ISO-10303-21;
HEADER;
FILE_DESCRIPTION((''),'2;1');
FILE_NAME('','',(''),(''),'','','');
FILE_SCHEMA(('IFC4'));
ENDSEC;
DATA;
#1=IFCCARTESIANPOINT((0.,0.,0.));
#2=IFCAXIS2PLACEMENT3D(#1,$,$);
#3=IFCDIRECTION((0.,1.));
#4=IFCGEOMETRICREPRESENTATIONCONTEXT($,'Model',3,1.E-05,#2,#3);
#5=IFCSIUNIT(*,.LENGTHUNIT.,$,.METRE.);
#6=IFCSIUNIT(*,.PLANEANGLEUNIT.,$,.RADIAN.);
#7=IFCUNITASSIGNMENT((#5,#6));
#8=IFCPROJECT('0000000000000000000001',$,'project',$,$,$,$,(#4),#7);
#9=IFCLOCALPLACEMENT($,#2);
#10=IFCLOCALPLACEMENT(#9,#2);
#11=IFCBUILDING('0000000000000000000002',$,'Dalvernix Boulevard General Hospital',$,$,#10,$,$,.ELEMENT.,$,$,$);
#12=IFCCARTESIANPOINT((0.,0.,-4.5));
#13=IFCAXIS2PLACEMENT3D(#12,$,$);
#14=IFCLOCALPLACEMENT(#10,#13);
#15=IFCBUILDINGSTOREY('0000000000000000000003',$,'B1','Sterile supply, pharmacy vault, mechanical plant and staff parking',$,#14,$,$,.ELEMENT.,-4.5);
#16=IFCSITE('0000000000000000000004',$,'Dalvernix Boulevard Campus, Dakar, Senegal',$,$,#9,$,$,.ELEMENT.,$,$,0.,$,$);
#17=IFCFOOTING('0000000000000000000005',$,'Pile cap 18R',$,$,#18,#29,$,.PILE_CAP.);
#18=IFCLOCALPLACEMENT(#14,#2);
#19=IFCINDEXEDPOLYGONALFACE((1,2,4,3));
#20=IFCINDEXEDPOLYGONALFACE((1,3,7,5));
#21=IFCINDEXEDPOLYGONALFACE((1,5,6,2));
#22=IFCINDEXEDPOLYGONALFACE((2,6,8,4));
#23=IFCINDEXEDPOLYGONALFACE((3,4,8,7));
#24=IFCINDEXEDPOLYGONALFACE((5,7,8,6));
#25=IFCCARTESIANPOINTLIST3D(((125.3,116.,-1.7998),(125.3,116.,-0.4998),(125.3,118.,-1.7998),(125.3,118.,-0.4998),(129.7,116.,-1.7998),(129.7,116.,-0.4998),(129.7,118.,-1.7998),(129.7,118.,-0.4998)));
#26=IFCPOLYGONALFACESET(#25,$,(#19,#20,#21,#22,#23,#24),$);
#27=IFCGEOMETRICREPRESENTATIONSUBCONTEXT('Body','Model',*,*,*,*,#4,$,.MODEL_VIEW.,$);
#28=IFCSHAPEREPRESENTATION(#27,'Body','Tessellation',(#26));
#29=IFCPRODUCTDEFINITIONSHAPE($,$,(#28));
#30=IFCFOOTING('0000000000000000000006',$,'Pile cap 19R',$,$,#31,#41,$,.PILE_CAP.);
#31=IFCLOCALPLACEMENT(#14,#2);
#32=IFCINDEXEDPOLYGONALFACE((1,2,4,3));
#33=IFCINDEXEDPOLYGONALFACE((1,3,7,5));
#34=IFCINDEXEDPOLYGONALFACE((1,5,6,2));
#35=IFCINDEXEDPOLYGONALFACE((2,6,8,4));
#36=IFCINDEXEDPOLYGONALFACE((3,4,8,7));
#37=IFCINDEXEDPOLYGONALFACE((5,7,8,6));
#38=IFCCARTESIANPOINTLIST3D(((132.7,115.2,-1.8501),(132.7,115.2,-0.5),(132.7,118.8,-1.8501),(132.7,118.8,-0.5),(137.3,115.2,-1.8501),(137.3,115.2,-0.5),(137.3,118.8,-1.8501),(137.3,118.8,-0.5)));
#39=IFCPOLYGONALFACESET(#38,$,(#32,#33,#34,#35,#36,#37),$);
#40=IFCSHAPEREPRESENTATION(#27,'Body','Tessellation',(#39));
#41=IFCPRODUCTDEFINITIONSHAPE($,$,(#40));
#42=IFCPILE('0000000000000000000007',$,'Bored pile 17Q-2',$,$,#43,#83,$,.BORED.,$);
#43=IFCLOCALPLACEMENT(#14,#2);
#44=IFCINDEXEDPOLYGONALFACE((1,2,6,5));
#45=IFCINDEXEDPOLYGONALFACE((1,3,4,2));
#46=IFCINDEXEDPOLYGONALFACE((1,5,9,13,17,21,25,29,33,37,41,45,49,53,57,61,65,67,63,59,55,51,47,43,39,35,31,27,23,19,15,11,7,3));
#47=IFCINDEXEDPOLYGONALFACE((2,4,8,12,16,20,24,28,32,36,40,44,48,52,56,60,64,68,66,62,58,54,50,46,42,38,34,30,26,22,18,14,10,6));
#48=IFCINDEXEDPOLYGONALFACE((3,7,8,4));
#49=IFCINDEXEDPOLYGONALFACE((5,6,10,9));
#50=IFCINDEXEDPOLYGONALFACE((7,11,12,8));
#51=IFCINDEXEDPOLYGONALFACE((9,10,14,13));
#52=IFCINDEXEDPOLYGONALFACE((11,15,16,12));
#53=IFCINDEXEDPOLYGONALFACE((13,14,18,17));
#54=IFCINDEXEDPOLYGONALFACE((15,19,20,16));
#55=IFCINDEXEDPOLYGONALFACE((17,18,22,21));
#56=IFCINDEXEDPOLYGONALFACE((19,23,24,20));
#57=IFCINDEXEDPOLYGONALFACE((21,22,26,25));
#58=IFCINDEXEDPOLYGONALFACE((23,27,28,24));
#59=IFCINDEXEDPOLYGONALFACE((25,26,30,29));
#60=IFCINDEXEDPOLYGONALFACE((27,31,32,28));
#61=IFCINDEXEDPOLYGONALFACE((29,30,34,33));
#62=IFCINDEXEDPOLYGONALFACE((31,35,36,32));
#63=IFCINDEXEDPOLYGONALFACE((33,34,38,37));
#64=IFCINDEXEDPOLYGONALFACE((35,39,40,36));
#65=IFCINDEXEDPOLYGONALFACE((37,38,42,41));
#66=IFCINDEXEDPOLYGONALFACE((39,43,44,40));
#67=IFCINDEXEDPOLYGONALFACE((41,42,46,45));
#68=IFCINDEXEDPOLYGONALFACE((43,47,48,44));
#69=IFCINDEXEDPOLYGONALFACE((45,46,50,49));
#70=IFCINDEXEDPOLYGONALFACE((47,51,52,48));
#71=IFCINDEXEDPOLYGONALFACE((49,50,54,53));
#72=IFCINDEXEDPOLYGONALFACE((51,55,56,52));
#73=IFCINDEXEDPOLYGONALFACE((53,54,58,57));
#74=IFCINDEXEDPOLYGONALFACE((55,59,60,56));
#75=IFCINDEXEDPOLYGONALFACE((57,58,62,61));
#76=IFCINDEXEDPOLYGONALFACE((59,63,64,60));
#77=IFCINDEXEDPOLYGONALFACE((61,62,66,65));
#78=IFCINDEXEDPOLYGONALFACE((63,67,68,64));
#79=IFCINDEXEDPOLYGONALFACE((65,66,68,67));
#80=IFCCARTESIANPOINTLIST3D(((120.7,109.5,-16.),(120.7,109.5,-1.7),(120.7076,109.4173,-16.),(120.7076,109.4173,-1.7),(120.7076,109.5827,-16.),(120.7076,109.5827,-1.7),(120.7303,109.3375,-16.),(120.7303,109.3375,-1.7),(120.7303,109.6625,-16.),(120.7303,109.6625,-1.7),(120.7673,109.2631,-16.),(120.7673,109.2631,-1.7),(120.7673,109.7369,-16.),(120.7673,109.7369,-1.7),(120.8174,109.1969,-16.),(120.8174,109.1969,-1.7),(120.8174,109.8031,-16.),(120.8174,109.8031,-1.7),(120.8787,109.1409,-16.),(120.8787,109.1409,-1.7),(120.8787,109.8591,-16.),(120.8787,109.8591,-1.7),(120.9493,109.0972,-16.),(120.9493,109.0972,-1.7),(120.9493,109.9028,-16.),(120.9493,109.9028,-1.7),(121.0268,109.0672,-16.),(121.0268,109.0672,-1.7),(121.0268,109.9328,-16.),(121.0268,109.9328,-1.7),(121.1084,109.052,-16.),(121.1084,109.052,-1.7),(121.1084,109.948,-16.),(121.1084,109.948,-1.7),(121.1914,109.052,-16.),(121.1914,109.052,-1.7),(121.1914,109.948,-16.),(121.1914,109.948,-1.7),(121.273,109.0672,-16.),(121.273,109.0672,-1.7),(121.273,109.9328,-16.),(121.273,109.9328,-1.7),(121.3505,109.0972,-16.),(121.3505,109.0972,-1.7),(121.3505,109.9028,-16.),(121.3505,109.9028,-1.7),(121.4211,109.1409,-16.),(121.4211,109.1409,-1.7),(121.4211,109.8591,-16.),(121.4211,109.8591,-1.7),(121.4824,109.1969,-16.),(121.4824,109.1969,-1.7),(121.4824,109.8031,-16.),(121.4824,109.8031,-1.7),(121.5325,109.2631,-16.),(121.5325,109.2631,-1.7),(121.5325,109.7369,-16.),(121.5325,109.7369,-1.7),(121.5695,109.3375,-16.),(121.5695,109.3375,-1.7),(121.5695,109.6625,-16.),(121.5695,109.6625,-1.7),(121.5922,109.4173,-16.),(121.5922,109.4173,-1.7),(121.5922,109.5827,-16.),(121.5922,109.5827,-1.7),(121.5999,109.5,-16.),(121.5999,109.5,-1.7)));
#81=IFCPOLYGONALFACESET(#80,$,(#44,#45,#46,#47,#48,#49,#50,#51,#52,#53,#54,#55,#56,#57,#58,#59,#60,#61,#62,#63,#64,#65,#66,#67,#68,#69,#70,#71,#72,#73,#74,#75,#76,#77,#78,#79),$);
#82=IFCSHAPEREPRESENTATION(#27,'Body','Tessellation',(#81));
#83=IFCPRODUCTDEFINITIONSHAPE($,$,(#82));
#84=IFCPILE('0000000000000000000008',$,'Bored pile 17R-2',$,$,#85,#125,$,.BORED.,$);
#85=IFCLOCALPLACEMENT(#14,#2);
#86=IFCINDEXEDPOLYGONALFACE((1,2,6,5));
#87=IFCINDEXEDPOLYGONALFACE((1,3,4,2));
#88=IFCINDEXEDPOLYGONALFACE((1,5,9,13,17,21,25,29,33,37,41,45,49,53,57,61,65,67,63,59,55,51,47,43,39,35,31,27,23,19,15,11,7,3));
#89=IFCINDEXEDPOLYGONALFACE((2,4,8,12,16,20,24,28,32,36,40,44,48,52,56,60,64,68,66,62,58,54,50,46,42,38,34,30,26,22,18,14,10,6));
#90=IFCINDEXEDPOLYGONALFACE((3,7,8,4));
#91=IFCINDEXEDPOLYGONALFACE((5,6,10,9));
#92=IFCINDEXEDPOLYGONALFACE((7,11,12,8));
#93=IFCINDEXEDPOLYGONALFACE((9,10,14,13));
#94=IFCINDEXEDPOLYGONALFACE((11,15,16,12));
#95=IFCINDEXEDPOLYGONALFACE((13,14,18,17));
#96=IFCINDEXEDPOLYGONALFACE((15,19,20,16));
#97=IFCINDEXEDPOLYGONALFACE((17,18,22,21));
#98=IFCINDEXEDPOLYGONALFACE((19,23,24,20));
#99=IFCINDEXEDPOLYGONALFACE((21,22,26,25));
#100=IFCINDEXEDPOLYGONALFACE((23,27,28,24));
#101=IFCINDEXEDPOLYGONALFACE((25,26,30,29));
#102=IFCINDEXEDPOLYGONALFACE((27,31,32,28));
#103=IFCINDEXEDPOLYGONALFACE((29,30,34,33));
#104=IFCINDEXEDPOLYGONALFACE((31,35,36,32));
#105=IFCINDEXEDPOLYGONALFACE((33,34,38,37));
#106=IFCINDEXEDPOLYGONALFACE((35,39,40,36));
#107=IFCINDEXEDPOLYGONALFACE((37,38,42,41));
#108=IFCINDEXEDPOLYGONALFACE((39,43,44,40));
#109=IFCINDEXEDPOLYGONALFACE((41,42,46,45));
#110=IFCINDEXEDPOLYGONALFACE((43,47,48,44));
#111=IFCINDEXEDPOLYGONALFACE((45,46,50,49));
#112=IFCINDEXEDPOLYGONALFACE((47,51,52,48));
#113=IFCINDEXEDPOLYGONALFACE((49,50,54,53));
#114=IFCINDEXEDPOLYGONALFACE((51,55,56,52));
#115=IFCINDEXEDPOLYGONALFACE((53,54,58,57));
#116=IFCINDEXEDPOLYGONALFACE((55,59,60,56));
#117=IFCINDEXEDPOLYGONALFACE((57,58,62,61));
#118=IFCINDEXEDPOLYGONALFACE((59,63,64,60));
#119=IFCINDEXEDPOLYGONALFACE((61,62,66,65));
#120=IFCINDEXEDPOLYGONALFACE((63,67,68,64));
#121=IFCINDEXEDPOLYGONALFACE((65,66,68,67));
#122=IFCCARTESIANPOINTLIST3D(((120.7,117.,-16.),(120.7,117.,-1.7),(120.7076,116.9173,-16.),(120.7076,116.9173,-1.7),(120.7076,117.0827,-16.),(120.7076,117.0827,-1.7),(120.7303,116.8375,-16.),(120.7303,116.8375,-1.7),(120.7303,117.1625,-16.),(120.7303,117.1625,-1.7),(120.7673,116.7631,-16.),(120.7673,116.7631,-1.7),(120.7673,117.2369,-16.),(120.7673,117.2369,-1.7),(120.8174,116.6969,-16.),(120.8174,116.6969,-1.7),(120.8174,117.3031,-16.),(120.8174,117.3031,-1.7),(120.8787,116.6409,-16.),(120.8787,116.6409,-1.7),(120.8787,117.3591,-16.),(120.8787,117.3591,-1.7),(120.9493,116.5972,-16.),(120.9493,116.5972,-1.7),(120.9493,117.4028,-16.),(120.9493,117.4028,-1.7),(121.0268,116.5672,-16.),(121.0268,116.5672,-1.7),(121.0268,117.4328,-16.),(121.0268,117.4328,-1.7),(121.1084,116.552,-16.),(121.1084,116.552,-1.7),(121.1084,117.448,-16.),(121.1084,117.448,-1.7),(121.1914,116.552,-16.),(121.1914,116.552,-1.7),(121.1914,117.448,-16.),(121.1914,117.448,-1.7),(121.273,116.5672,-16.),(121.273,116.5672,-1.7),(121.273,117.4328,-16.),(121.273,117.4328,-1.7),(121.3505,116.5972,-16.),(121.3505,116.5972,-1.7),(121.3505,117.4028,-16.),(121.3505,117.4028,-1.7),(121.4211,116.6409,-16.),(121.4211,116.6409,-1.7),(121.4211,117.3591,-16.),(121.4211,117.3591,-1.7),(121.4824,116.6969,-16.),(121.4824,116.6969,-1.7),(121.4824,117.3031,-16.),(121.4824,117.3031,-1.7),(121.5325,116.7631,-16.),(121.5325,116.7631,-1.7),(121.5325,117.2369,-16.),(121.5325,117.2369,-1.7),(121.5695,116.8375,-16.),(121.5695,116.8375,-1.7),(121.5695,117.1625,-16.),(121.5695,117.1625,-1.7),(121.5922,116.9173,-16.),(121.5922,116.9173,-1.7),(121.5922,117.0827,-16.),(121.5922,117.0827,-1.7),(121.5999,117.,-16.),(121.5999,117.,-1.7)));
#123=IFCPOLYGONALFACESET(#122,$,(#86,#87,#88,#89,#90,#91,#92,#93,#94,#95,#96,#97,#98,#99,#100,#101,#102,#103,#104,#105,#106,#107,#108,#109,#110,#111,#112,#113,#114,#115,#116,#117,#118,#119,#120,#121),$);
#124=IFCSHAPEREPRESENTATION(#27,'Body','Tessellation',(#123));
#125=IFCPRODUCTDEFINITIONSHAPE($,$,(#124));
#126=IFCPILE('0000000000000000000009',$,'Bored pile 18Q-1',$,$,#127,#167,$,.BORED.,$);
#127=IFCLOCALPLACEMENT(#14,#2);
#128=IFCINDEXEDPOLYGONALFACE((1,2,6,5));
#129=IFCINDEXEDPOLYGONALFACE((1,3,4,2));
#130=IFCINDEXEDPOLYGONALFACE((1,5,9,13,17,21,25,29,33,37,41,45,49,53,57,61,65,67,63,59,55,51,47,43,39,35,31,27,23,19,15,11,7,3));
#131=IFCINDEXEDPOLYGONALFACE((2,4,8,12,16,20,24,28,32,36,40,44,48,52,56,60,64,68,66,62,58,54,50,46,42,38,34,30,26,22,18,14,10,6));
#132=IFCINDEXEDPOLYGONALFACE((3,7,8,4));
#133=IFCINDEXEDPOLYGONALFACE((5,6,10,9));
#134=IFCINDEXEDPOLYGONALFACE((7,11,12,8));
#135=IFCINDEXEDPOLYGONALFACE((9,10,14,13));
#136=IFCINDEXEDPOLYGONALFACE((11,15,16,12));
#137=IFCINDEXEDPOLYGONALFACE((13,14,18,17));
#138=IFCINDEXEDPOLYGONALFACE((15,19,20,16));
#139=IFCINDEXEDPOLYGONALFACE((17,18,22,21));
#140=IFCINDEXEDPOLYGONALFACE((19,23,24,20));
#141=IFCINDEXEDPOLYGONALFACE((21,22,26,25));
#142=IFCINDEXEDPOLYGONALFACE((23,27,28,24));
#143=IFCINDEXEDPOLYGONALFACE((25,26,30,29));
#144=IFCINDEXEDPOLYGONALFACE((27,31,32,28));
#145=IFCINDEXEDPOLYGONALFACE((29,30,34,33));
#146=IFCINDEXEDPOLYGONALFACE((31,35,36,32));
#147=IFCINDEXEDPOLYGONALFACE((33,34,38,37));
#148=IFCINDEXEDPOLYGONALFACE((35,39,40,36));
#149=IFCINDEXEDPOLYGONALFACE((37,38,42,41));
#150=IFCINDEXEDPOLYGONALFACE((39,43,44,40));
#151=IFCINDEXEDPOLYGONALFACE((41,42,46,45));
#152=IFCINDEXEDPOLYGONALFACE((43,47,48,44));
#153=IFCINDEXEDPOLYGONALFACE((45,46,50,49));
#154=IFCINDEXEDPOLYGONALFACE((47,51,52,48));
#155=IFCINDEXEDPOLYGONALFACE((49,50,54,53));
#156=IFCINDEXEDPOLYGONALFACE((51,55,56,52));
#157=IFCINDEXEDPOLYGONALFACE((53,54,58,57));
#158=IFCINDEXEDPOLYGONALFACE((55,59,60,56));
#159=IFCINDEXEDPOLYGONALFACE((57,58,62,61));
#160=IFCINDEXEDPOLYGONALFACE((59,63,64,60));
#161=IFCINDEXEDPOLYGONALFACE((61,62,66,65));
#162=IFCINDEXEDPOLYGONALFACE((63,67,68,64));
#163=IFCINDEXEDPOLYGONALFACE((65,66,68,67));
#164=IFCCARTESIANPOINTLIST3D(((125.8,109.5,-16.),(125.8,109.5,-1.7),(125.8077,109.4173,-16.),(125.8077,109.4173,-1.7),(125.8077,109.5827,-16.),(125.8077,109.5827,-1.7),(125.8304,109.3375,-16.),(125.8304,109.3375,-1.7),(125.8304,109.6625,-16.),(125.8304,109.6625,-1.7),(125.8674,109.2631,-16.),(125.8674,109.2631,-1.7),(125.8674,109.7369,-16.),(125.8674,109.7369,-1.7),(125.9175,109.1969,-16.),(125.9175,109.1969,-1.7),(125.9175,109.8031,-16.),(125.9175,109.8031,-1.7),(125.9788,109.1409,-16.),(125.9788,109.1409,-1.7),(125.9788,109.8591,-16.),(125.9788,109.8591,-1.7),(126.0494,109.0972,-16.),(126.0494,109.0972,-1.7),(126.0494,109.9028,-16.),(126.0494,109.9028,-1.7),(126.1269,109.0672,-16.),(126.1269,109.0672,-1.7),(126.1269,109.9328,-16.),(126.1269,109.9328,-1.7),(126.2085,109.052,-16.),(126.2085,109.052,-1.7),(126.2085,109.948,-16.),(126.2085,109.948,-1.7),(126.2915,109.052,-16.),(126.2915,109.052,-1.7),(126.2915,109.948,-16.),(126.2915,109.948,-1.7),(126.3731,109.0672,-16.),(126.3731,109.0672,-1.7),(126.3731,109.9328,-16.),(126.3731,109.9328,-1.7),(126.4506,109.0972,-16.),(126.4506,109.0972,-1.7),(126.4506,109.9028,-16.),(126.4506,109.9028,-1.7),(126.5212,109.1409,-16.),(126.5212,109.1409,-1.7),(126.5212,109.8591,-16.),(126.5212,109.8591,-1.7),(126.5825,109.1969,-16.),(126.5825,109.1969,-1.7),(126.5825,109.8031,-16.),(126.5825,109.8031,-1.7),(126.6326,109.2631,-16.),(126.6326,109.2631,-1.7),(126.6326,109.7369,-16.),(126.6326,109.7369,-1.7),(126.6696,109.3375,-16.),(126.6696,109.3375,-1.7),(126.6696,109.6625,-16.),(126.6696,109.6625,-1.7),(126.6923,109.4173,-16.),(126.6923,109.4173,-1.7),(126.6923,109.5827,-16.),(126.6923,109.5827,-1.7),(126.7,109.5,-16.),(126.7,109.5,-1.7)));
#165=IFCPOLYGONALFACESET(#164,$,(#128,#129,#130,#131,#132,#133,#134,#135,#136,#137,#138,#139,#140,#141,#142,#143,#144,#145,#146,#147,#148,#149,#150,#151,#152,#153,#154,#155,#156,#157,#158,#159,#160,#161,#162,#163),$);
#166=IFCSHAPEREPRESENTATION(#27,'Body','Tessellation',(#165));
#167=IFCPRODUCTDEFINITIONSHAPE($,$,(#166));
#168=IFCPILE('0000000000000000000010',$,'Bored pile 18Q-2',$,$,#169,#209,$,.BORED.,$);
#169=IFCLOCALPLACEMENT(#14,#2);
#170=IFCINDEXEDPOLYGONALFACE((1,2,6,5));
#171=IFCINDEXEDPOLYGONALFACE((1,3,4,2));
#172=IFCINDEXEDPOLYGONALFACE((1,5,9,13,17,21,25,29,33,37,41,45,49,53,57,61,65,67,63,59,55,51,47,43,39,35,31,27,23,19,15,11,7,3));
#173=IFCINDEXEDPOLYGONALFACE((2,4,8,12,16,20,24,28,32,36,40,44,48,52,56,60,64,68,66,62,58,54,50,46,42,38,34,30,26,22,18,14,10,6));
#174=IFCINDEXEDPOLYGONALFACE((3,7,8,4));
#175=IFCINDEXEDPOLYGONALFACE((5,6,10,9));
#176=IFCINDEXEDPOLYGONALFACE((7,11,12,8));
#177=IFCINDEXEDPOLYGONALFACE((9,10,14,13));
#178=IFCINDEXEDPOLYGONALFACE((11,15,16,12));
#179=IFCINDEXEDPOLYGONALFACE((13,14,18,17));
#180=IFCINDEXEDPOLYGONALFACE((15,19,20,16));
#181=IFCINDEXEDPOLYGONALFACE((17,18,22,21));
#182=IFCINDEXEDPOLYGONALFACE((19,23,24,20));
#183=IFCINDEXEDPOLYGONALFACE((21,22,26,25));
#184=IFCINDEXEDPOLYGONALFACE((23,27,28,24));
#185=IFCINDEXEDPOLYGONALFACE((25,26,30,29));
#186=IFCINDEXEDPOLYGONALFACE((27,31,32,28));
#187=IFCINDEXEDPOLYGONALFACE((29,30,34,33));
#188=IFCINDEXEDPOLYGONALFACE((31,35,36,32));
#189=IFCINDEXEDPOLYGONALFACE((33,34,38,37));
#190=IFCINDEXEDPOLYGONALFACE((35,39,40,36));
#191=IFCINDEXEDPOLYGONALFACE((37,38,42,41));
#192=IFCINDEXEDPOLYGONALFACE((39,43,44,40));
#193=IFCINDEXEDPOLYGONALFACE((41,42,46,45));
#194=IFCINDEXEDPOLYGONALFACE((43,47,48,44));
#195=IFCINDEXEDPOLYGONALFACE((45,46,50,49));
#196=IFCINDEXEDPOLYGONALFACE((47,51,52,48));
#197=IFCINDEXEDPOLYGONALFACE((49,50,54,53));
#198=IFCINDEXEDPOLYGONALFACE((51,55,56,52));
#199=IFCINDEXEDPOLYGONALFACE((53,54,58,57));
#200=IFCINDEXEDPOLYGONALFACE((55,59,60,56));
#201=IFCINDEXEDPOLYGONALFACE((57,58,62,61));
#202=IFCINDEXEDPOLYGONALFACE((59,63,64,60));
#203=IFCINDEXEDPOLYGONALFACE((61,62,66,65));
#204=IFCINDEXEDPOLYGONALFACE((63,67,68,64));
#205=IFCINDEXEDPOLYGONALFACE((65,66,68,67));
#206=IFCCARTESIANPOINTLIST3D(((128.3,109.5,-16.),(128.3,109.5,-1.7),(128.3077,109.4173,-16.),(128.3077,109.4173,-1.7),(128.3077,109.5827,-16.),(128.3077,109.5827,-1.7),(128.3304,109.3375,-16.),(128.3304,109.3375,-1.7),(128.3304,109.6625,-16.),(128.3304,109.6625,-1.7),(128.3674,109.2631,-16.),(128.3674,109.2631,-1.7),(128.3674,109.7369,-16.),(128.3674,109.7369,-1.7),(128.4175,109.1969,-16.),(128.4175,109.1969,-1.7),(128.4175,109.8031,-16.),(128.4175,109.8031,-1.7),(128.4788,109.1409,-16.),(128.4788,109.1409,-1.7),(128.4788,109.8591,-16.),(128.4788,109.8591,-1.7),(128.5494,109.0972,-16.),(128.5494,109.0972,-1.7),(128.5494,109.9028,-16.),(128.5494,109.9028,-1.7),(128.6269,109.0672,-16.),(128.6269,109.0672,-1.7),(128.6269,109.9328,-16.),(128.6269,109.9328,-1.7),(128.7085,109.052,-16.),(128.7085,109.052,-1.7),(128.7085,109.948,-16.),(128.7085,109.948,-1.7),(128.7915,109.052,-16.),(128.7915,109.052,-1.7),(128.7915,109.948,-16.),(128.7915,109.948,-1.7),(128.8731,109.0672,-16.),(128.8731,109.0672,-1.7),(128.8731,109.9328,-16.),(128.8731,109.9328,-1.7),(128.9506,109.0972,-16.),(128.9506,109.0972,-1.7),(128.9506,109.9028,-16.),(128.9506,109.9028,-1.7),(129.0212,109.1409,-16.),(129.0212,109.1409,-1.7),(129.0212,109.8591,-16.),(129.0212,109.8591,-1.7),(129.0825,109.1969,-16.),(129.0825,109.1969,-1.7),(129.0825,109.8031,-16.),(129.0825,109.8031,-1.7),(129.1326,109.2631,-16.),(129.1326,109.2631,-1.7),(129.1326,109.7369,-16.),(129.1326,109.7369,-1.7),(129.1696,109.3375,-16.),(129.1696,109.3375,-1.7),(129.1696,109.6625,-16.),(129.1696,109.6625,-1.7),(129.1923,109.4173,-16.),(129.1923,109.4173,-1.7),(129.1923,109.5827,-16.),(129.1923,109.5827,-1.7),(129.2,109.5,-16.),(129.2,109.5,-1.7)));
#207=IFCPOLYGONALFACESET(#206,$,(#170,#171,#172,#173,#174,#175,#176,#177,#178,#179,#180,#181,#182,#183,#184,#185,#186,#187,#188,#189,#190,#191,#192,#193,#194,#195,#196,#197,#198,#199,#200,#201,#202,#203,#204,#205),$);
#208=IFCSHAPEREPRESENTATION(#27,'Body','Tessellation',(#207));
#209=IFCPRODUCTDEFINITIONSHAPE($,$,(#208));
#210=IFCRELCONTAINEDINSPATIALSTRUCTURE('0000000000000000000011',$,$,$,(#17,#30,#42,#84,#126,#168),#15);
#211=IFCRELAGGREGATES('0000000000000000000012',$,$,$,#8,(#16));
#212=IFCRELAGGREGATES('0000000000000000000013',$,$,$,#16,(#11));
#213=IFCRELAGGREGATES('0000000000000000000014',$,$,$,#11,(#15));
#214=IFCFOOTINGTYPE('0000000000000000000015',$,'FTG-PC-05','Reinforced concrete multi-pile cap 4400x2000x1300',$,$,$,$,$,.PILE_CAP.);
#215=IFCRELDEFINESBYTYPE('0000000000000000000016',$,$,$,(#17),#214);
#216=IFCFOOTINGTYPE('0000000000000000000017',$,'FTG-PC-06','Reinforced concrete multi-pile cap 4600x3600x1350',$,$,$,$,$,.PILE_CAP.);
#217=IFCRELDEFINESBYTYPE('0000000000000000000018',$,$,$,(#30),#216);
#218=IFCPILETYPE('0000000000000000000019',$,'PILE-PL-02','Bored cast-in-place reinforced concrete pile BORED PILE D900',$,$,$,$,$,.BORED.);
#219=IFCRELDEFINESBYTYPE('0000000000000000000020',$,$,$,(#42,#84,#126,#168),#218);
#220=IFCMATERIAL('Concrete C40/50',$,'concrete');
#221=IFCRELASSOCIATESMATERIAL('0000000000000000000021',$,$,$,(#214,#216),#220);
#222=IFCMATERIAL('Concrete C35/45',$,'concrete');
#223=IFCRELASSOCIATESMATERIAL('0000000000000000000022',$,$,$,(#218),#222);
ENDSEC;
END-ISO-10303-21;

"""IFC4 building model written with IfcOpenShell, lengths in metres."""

from ifc_helpers import new_model, si_unit, direction, frame, origin, origin_2d, place, context, subcontext, project, spatial, rectangle, circle, extrude, material, material_profile, profile_set, type_object, element, save


model = new_model("IFC4")

# Units and contexts
model_context = context("Model", 3, precision=1e-05, world=origin(), true_north=direction((0.0, 1.0)))
body_context = subcontext(model_context, "Body", "Model", "MODEL_VIEW")
ifc_project = project(units=[si_unit("LENGTHUNIT", "METRE"), si_unit("PLANEANGLEUNIT", "RADIAN")], contexts=[model_context])

# Site, building, storey
site_placement = place(None, origin())
site = spatial("IfcSite", under=ifc_project, at=site_placement, Name="Dalvernix Boulevard Campus, Dakar, Senegal", CompositionType="ELEMENT", RefElevation=0.0)
building_placement = place(site_placement, origin())
building = spatial("IfcBuilding", under=site, at=building_placement, Name="Dalvernix Boulevard General Hospital", CompositionType="ELEMENT")
storey_placement = place(building_placement, frame((0.0, 0.0, -4.5)))
storey = spatial("IfcBuildingStorey", under=building, at=storey_placement, Name="B1", Description="Sterile supply, pharmacy vault, mechanical plant and staff parking", CompositionType="ELEMENT", Elevation=-4.5)

# Footings
ifc_material_1 = material(Name="Concrete C35/45", Category="concrete")
ifc_material_2 = material(Name="Concrete C40/50", Category="concrete")
footing_type_1 = type_object("IfcFootingType", Name="FTG-PC-05", Description="Reinforced concrete multi-pile cap 4400x2000x1300", PredefinedType="PILE_CAP", material=ifc_material_2)
for number, where, z_axis, x_axis, name in (
    (1, (127.5, 117.0, -1.7998), (0.0, 0.0, 1.0), (1.0, 0.0, 0.0), "Pile cap 18R"),
):
    element("IfcFooting", number, at=place(storey_placement, frame(where, z_axis=z_axis, x_axis=x_axis)), inside=storey, type_object=footing_type_1, Name=name, PredefinedType="PILE_CAP", context=body_context, shape_type="SweptSolid", body=[
        extrude(rectangle(XDim=4.3999, YDim=2.0, at=origin_2d()), origin(), (0.0, 0.0, 1.0), 1.3),
    ])
footing_type_2 = type_object("IfcFootingType", Name="FTG-PC-06", Description="Reinforced concrete multi-pile cap 4600x3600x1350", PredefinedType="PILE_CAP", material=ifc_material_2)
footing_1_placement = place(storey_placement, frame((135.0, 117.0, -1.8501), z_axis=(0.0, 0.0, 1.0), x_axis=(1.0, 0.0, 0.0)))
element("IfcFooting", 2, at=footing_1_placement, inside=storey, type_object=footing_type_2, Name="Pile cap 19R", PredefinedType="PILE_CAP", context=body_context, shape_type="SweptSolid", body=[
    extrude(rectangle(XDim=4.6001, YDim=3.6001, at=origin_2d()), origin(), (0.0, 0.0, 1.0), 1.3501),
])

# Piles
ifc_material_profile_1 = material_profile(ifc_material_1, circle(Radius=0.45, at=origin_2d()), Name="BORED PILE D900")
ifc_profile_set_1 = profile_set([ifc_material_profile_1], Name="Concrete C35/45")
pile_type = type_object("IfcPileType", Name="PILE-PL-02", Description="Bored cast-in-place reinforced concrete pile BORED PILE D900", PredefinedType="BORED", material=ifc_profile_set_1)
for number, where, z_axis, x_axis, name in (
    (3, (121.1499, 109.5, -1.7), (0.0, 0.0, -1.0), (1.0, 0.0, 0.0), "Bored pile 17Q-2"),
    (4, (121.1499, 117.0, -1.7), (0.0, 0.0, -1.0), (1.0, 0.0, 0.0), "Bored pile 17R-2"),
    (5, (126.25, 109.5, -1.7), (0.0, 0.0, -1.0), (1.0, 0.0, 0.0), "Bored pile 18Q-1"),
    (6, (128.75, 109.5, -1.7), (0.0, 0.0, -1.0), (1.0, 0.0, 0.0), "Bored pile 18Q-2"),
):
    element("IfcPile", number, at=place(storey_placement, frame(where, z_axis=z_axis, x_axis=x_axis)), inside=storey, type_object=pile_type, Name=name, PredefinedType="BORED", context=body_context, shape_type="SweptSolid", body=[
        extrude(circle(Radius=0.45, at=origin_2d()), origin(), (0.0, 0.0, 1.0), 14.3),
    ])

save(model, "model.ifc")
